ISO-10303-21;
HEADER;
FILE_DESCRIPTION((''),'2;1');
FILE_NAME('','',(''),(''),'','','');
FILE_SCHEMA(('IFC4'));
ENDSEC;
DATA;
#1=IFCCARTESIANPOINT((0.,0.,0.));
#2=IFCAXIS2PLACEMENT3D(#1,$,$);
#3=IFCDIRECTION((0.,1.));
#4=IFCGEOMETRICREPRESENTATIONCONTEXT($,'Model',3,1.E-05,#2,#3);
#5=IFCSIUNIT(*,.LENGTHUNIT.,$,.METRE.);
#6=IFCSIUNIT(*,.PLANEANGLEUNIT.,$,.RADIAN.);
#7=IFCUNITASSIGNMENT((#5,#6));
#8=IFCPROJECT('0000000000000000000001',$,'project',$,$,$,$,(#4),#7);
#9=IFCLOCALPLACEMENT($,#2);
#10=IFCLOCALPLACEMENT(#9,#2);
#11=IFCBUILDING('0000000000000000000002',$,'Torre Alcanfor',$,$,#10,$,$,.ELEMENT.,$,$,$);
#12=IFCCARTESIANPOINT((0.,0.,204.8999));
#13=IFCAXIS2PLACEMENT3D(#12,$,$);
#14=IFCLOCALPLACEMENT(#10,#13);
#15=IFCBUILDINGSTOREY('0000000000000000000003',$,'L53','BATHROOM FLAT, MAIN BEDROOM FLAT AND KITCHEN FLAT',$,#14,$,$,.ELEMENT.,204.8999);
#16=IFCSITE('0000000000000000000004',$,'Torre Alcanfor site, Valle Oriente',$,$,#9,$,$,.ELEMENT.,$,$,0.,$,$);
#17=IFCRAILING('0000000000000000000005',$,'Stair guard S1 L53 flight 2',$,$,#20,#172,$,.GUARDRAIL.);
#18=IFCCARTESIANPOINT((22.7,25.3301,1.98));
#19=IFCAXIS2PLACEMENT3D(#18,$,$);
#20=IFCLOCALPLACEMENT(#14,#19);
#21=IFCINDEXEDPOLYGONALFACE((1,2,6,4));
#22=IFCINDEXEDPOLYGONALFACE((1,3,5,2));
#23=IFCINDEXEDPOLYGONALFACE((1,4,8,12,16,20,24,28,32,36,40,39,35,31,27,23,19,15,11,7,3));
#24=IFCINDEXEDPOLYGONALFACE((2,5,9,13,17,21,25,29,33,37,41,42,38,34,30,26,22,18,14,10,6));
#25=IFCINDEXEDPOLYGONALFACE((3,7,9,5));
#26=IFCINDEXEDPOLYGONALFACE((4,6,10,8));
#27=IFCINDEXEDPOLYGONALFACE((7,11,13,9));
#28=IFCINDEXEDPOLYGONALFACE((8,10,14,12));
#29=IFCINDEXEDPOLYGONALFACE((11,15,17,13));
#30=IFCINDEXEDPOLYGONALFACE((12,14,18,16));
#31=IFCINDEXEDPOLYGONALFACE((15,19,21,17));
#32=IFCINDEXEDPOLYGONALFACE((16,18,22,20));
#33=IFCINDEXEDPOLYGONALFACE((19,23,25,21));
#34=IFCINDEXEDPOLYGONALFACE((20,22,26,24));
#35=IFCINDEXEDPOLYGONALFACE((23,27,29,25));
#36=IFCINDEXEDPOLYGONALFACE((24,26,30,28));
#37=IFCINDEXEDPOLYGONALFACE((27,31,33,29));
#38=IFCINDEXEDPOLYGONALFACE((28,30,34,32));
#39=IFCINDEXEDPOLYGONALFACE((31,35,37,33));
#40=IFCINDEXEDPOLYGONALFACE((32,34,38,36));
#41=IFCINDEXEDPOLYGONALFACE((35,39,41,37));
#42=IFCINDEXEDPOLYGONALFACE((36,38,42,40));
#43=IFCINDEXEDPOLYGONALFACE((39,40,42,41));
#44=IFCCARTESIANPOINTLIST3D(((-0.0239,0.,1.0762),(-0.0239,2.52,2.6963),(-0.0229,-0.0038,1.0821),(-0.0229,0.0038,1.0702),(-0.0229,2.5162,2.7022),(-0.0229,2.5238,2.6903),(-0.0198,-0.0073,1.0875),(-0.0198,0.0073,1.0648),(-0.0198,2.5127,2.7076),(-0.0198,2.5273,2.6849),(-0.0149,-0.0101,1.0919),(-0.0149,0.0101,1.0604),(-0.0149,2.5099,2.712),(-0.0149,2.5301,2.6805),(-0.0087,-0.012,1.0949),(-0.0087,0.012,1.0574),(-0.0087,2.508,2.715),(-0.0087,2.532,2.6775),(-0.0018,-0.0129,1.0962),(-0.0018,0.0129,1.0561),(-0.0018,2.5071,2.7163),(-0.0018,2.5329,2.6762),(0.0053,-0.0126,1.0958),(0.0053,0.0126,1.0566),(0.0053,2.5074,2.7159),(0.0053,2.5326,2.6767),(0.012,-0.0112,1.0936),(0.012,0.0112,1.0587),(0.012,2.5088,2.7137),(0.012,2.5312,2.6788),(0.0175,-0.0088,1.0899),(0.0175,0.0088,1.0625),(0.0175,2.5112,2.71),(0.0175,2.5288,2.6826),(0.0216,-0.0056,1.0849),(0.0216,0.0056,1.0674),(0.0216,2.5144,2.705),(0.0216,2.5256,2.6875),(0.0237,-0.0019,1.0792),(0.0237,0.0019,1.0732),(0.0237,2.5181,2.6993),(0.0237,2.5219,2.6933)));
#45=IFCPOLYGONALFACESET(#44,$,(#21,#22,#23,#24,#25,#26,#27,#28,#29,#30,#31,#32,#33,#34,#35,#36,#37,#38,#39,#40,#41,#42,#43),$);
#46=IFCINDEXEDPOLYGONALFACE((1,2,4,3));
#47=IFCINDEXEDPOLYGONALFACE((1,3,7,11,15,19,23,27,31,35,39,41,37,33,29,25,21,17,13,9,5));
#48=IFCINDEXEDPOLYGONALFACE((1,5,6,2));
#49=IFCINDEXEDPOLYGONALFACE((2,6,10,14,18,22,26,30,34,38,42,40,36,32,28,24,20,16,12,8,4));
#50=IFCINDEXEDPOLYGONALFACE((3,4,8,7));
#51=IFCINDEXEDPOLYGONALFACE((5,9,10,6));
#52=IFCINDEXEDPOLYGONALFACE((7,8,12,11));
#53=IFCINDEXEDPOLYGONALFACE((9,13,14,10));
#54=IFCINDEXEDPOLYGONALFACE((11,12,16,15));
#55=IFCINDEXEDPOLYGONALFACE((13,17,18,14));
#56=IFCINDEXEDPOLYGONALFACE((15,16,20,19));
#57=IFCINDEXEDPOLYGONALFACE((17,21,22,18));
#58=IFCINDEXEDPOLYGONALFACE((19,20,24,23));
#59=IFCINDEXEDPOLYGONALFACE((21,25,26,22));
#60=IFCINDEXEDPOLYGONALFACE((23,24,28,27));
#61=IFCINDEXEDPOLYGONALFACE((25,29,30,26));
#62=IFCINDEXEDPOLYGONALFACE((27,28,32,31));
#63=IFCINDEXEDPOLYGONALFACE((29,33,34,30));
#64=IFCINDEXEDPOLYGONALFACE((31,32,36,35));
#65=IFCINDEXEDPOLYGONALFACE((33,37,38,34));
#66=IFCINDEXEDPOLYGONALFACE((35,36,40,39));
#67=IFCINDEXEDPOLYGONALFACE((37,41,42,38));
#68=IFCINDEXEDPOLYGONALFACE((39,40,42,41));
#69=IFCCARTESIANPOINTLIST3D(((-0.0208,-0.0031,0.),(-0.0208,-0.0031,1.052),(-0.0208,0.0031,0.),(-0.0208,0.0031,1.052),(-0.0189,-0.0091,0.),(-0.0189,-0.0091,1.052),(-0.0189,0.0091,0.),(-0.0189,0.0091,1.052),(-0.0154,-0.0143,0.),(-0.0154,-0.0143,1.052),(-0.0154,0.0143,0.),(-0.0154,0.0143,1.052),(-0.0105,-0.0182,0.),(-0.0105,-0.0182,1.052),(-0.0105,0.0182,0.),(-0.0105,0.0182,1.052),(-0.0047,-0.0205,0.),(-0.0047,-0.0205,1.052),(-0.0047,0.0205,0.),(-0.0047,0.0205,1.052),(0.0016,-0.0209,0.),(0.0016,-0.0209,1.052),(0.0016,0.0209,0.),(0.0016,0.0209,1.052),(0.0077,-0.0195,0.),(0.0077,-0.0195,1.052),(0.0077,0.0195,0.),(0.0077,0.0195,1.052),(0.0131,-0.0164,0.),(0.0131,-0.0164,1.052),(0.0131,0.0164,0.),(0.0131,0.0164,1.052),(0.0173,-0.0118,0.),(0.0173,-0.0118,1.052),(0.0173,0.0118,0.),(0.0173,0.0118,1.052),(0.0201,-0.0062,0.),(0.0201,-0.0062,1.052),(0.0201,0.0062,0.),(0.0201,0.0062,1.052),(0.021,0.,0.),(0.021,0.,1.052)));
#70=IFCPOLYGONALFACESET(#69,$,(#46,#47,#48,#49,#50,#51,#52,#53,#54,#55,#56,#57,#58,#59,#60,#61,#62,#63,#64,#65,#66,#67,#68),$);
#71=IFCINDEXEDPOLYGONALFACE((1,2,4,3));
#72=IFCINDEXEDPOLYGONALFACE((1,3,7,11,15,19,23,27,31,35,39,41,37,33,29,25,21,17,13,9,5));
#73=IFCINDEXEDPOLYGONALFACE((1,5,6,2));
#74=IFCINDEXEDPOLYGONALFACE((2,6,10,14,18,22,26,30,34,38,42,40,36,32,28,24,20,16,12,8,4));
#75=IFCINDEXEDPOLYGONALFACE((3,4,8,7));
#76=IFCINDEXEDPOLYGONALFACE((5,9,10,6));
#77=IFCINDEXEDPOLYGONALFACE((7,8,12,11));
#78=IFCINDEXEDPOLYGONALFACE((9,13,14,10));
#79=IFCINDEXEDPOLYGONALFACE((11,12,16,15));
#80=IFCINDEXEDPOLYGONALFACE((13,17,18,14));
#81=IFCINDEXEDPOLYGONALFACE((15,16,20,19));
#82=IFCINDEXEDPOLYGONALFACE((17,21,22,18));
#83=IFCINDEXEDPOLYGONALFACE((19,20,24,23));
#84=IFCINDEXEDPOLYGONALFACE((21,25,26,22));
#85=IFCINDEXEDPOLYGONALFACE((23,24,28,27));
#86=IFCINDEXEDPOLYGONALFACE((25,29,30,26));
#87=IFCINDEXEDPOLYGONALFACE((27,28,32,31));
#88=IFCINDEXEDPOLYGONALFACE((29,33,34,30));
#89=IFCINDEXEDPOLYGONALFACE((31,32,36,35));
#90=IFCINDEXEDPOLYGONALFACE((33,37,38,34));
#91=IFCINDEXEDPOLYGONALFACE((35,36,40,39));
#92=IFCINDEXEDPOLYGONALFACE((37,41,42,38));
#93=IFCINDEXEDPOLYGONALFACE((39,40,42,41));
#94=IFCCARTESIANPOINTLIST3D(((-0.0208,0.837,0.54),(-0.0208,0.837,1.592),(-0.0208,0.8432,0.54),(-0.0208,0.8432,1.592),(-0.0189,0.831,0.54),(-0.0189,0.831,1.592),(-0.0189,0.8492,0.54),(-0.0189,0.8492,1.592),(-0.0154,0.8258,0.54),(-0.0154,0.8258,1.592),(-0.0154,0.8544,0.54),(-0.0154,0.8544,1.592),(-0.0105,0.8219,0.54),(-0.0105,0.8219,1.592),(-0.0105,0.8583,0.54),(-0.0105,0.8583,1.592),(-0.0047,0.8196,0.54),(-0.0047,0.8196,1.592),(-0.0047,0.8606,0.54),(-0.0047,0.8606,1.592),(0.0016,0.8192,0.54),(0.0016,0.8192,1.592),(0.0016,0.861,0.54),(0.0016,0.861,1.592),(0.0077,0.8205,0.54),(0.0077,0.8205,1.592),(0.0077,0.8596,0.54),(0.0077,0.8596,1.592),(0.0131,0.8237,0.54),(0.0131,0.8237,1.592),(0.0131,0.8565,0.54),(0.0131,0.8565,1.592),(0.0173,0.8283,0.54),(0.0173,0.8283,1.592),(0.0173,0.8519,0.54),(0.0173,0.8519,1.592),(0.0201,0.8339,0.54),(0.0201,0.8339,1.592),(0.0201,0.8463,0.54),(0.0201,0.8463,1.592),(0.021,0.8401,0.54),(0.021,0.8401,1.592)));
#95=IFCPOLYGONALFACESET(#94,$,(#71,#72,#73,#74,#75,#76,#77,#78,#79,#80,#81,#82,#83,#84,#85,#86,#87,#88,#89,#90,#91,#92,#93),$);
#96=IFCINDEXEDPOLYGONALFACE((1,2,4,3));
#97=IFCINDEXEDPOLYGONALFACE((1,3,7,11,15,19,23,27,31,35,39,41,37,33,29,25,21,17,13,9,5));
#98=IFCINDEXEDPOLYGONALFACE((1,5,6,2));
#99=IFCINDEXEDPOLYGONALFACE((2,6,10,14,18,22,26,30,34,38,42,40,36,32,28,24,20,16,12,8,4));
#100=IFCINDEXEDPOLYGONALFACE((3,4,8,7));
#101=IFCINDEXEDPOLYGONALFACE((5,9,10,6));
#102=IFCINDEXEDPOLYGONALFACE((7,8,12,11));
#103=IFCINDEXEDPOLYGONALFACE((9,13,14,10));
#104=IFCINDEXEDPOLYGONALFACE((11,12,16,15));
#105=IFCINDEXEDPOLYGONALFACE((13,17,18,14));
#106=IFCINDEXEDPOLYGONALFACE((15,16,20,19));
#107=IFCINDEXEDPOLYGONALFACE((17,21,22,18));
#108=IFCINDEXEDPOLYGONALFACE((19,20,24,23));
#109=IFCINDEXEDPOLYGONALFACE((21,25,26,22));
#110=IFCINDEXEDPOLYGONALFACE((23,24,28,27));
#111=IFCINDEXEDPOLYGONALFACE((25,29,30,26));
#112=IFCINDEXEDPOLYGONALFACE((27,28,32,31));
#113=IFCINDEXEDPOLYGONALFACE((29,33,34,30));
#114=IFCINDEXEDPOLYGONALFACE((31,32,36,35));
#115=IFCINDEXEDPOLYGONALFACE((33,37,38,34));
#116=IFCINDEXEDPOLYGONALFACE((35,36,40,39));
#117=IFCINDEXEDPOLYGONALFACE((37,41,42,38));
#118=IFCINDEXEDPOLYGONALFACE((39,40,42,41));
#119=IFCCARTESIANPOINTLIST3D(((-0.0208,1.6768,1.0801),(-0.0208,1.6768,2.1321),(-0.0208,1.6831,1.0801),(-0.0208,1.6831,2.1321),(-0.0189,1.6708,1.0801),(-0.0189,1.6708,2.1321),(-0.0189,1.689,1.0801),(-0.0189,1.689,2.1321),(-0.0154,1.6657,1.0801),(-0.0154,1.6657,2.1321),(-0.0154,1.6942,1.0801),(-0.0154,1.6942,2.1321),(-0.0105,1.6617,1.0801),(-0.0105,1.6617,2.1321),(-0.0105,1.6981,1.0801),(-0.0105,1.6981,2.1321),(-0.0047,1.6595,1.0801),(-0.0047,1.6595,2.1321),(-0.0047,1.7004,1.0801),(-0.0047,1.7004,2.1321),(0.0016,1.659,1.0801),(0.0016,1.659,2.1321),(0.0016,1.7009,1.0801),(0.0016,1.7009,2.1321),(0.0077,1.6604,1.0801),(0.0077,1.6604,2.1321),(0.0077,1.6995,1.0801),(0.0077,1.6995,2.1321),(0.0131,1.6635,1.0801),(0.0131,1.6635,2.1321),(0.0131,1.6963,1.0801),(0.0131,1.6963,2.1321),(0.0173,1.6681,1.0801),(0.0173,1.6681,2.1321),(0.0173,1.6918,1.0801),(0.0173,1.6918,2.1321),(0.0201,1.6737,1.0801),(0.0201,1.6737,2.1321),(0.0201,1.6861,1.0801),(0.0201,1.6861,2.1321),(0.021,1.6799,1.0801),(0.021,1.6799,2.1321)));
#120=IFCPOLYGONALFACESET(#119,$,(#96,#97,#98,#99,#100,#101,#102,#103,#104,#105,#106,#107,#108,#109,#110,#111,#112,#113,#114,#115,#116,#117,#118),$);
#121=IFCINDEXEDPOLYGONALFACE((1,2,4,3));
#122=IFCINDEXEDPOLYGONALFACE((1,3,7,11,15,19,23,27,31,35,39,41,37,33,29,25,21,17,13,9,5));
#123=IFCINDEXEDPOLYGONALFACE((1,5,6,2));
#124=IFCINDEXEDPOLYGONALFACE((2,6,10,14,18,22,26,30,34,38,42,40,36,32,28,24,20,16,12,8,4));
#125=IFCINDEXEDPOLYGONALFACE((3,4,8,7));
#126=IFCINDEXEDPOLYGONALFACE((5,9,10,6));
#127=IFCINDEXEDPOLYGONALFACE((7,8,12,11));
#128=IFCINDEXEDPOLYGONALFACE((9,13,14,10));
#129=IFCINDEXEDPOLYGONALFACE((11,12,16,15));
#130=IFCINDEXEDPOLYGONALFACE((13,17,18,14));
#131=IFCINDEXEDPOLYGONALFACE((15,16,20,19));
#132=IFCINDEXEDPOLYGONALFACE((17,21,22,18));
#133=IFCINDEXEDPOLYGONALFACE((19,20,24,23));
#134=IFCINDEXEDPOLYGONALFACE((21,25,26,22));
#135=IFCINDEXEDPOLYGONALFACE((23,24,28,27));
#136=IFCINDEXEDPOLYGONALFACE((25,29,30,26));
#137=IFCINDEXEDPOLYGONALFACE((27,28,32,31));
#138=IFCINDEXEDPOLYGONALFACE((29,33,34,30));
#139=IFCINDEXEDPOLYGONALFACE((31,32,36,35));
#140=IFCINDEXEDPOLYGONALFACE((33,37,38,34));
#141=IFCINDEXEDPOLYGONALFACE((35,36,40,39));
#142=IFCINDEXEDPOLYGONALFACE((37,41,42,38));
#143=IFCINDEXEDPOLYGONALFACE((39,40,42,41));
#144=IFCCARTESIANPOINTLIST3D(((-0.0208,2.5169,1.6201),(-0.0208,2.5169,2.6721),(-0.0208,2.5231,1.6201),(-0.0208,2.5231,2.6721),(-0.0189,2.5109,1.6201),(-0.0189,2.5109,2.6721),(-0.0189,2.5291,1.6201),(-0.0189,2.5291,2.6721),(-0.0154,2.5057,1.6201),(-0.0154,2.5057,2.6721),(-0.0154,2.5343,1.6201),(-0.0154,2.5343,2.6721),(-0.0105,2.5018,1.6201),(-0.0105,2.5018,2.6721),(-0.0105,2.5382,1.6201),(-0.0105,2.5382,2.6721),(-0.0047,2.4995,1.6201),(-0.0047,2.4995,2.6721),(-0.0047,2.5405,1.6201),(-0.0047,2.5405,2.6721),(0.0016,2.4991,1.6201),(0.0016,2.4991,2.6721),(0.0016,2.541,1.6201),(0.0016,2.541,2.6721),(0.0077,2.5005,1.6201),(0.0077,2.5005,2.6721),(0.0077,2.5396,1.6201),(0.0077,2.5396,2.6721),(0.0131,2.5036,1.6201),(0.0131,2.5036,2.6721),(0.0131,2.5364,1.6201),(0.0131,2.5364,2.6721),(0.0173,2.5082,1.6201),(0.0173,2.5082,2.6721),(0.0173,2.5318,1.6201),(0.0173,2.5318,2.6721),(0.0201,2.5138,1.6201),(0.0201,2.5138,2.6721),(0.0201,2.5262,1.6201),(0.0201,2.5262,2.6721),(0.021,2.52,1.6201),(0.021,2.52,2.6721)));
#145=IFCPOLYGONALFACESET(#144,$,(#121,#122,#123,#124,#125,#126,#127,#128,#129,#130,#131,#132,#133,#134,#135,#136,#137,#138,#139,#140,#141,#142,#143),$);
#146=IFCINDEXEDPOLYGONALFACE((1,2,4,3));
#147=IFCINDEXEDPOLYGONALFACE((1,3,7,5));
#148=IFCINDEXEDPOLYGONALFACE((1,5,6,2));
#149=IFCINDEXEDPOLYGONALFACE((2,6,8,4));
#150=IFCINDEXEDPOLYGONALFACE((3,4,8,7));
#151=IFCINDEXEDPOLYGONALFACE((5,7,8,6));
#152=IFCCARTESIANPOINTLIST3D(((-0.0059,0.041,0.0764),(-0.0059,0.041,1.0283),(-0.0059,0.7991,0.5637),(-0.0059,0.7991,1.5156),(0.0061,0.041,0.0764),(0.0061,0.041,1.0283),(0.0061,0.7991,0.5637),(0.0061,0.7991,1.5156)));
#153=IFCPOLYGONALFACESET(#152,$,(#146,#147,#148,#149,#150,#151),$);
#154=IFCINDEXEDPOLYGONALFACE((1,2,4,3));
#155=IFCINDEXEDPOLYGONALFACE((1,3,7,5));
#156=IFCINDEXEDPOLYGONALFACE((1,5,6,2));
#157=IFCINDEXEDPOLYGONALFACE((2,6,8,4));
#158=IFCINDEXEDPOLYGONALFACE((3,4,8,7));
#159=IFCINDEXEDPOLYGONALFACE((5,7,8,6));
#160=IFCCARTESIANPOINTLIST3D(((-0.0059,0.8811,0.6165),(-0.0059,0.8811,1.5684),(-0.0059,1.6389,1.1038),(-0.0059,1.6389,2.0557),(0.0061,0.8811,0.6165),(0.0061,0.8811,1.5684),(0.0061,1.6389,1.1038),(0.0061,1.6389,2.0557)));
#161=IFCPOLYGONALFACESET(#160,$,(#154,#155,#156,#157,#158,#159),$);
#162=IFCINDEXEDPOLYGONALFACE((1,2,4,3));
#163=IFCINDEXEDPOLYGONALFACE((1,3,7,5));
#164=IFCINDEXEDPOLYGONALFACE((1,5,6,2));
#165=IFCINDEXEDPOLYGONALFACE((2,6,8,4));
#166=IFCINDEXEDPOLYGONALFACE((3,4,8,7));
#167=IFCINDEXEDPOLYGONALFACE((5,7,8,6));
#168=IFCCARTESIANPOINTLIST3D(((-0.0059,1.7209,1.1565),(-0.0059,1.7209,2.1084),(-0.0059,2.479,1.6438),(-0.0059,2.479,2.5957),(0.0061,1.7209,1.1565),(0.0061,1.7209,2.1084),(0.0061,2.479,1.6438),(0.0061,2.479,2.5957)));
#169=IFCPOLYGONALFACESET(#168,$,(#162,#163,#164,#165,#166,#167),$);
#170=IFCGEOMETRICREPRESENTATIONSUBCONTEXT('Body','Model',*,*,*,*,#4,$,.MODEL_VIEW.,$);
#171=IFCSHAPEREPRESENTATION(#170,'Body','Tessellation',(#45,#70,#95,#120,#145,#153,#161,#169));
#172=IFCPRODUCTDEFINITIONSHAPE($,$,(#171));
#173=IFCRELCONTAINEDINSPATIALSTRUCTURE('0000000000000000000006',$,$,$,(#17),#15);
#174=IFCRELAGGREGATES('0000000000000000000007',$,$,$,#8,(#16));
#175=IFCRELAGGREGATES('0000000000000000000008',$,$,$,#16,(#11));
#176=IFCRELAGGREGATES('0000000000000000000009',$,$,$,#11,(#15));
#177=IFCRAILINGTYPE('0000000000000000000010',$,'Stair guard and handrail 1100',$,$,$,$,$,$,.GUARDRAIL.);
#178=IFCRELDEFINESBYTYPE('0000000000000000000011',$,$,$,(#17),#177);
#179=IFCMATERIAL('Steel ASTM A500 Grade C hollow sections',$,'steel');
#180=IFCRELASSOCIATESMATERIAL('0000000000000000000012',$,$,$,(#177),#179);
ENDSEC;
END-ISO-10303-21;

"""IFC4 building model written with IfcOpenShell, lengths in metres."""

from ifc_helpers import new_model, si_unit, direction, frame, origin, origin_2d, place, context, subcontext, project, spatial, polyline, circle, outline, extrude, material, type_object, element, save


model = new_model("IFC4")

# Units and contexts
model_context = context("Model", 3, precision=1e-05, world=origin(), true_north=direction((0.0, 1.0)))
body_context = subcontext(model_context, "Body", "Model", "MODEL_VIEW")
ifc_project = project(units=[si_unit("LENGTHUNIT", "METRE"), si_unit("PLANEANGLEUNIT", "RADIAN")], contexts=[model_context])

# Site, building, storey
site_placement = place(None, origin())
site = spatial("IfcSite", under=ifc_project, at=site_placement, Name="Torre Alcanfor site, Valle Oriente", CompositionType="ELEMENT", RefElevation=0.0)
building_placement = place(site_placement, origin())
building = spatial("IfcBuilding", under=site, at=building_placement, Name="Torre Alcanfor", CompositionType="ELEMENT")
storey_placement = place(building_placement, frame((0.0, 0.0, 204.8999)))
storey = spatial("IfcBuildingStorey", under=building, at=storey_placement, Name="L53", Description="BATHROOM FLAT, MAIN BEDROOM FLAT AND KITCHEN FLAT", CompositionType="ELEMENT", Elevation=204.8999)

# Railing
ifc_material_1 = material(Name="Steel ASTM A500 Grade C hollow sections", Category="steel")
railing_type_1 = type_object("IfcRailingType", Name="Stair guard and handrail 1100", PredefinedType="GUARDRAIL", material=ifc_material_1)
railing_1_placement = place(storey_placement, frame((22.7, 25.3301, 1.98)))
element("IfcRailing", 1, at=railing_1_placement, inside=storey, type_object=railing_type_1, Name="Stair guard S1 L53 flight 2", PredefinedType="GUARDRAIL", context=body_context, shape_type="SweptSolid", body=[
    extrude(circle(Radius=0.0239, at=origin_2d()), frame((0.0, 0.0, 1.0762), z_axis=(0.0, 0.841163, 0.540782), x_axis=(-1.0, 0.0, 0.0)), (0.0, 0.0, 1.0), 2.9958),
    extrude(circle(Radius=0.021, at=origin_2d()), origin(), (0.0, 0.0, 1.0), 1.052),
    extrude(circle(Radius=0.021, at=origin_2d()), frame((0.0, 0.8401, 0.54)), (0.0, 0.0, 1.0), 1.052),
    extrude(circle(Radius=0.021, at=origin_2d()), frame((0.0, 1.6799, 1.0801)), (0.0, 0.0, 1.0), 1.052),
    extrude(circle(Radius=0.021, at=origin_2d()), frame((0.0, 2.52, 1.6201)), (0.0, 0.0, 1.0), 1.052),
    extrude(outline(polyline([(0.041, 0.0764), (0.7991, 0.5637), (0.7991, 1.5156), (0.041, 1.0283), (0.041, 0.0764)])), frame((-0.0059, 0.0, 0.0), z_axis=(1.0, 0.0, 0.0), x_axis=(0.0, 1.0, 0.0)), (0.0, 0.0, 1.0), 0.012),
    extrude(outline(polyline([(0.8811, 0.6165), (1.6389, 1.1038), (1.6389, 2.0557), (0.8811, 1.5684), (0.8811, 0.6165)])), frame((-0.0059, 0.0, 0.0), z_axis=(1.0, 0.0, 0.0), x_axis=(0.0, 1.0, 0.0)), (0.0, 0.0, 1.0), 0.012),
    extrude(outline(polyline([(1.7209, 1.1565), (2.479, 1.6438), (2.479, 2.5957), (1.7209, 2.1084), (1.7209, 1.1565)])), frame((-0.0059, 0.0, 0.0), z_axis=(1.0, 0.0, 0.0), x_axis=(0.0, 1.0, 0.0)), (0.0, 0.0, 1.0), 0.012),
])

save(model, "model.ifc")
